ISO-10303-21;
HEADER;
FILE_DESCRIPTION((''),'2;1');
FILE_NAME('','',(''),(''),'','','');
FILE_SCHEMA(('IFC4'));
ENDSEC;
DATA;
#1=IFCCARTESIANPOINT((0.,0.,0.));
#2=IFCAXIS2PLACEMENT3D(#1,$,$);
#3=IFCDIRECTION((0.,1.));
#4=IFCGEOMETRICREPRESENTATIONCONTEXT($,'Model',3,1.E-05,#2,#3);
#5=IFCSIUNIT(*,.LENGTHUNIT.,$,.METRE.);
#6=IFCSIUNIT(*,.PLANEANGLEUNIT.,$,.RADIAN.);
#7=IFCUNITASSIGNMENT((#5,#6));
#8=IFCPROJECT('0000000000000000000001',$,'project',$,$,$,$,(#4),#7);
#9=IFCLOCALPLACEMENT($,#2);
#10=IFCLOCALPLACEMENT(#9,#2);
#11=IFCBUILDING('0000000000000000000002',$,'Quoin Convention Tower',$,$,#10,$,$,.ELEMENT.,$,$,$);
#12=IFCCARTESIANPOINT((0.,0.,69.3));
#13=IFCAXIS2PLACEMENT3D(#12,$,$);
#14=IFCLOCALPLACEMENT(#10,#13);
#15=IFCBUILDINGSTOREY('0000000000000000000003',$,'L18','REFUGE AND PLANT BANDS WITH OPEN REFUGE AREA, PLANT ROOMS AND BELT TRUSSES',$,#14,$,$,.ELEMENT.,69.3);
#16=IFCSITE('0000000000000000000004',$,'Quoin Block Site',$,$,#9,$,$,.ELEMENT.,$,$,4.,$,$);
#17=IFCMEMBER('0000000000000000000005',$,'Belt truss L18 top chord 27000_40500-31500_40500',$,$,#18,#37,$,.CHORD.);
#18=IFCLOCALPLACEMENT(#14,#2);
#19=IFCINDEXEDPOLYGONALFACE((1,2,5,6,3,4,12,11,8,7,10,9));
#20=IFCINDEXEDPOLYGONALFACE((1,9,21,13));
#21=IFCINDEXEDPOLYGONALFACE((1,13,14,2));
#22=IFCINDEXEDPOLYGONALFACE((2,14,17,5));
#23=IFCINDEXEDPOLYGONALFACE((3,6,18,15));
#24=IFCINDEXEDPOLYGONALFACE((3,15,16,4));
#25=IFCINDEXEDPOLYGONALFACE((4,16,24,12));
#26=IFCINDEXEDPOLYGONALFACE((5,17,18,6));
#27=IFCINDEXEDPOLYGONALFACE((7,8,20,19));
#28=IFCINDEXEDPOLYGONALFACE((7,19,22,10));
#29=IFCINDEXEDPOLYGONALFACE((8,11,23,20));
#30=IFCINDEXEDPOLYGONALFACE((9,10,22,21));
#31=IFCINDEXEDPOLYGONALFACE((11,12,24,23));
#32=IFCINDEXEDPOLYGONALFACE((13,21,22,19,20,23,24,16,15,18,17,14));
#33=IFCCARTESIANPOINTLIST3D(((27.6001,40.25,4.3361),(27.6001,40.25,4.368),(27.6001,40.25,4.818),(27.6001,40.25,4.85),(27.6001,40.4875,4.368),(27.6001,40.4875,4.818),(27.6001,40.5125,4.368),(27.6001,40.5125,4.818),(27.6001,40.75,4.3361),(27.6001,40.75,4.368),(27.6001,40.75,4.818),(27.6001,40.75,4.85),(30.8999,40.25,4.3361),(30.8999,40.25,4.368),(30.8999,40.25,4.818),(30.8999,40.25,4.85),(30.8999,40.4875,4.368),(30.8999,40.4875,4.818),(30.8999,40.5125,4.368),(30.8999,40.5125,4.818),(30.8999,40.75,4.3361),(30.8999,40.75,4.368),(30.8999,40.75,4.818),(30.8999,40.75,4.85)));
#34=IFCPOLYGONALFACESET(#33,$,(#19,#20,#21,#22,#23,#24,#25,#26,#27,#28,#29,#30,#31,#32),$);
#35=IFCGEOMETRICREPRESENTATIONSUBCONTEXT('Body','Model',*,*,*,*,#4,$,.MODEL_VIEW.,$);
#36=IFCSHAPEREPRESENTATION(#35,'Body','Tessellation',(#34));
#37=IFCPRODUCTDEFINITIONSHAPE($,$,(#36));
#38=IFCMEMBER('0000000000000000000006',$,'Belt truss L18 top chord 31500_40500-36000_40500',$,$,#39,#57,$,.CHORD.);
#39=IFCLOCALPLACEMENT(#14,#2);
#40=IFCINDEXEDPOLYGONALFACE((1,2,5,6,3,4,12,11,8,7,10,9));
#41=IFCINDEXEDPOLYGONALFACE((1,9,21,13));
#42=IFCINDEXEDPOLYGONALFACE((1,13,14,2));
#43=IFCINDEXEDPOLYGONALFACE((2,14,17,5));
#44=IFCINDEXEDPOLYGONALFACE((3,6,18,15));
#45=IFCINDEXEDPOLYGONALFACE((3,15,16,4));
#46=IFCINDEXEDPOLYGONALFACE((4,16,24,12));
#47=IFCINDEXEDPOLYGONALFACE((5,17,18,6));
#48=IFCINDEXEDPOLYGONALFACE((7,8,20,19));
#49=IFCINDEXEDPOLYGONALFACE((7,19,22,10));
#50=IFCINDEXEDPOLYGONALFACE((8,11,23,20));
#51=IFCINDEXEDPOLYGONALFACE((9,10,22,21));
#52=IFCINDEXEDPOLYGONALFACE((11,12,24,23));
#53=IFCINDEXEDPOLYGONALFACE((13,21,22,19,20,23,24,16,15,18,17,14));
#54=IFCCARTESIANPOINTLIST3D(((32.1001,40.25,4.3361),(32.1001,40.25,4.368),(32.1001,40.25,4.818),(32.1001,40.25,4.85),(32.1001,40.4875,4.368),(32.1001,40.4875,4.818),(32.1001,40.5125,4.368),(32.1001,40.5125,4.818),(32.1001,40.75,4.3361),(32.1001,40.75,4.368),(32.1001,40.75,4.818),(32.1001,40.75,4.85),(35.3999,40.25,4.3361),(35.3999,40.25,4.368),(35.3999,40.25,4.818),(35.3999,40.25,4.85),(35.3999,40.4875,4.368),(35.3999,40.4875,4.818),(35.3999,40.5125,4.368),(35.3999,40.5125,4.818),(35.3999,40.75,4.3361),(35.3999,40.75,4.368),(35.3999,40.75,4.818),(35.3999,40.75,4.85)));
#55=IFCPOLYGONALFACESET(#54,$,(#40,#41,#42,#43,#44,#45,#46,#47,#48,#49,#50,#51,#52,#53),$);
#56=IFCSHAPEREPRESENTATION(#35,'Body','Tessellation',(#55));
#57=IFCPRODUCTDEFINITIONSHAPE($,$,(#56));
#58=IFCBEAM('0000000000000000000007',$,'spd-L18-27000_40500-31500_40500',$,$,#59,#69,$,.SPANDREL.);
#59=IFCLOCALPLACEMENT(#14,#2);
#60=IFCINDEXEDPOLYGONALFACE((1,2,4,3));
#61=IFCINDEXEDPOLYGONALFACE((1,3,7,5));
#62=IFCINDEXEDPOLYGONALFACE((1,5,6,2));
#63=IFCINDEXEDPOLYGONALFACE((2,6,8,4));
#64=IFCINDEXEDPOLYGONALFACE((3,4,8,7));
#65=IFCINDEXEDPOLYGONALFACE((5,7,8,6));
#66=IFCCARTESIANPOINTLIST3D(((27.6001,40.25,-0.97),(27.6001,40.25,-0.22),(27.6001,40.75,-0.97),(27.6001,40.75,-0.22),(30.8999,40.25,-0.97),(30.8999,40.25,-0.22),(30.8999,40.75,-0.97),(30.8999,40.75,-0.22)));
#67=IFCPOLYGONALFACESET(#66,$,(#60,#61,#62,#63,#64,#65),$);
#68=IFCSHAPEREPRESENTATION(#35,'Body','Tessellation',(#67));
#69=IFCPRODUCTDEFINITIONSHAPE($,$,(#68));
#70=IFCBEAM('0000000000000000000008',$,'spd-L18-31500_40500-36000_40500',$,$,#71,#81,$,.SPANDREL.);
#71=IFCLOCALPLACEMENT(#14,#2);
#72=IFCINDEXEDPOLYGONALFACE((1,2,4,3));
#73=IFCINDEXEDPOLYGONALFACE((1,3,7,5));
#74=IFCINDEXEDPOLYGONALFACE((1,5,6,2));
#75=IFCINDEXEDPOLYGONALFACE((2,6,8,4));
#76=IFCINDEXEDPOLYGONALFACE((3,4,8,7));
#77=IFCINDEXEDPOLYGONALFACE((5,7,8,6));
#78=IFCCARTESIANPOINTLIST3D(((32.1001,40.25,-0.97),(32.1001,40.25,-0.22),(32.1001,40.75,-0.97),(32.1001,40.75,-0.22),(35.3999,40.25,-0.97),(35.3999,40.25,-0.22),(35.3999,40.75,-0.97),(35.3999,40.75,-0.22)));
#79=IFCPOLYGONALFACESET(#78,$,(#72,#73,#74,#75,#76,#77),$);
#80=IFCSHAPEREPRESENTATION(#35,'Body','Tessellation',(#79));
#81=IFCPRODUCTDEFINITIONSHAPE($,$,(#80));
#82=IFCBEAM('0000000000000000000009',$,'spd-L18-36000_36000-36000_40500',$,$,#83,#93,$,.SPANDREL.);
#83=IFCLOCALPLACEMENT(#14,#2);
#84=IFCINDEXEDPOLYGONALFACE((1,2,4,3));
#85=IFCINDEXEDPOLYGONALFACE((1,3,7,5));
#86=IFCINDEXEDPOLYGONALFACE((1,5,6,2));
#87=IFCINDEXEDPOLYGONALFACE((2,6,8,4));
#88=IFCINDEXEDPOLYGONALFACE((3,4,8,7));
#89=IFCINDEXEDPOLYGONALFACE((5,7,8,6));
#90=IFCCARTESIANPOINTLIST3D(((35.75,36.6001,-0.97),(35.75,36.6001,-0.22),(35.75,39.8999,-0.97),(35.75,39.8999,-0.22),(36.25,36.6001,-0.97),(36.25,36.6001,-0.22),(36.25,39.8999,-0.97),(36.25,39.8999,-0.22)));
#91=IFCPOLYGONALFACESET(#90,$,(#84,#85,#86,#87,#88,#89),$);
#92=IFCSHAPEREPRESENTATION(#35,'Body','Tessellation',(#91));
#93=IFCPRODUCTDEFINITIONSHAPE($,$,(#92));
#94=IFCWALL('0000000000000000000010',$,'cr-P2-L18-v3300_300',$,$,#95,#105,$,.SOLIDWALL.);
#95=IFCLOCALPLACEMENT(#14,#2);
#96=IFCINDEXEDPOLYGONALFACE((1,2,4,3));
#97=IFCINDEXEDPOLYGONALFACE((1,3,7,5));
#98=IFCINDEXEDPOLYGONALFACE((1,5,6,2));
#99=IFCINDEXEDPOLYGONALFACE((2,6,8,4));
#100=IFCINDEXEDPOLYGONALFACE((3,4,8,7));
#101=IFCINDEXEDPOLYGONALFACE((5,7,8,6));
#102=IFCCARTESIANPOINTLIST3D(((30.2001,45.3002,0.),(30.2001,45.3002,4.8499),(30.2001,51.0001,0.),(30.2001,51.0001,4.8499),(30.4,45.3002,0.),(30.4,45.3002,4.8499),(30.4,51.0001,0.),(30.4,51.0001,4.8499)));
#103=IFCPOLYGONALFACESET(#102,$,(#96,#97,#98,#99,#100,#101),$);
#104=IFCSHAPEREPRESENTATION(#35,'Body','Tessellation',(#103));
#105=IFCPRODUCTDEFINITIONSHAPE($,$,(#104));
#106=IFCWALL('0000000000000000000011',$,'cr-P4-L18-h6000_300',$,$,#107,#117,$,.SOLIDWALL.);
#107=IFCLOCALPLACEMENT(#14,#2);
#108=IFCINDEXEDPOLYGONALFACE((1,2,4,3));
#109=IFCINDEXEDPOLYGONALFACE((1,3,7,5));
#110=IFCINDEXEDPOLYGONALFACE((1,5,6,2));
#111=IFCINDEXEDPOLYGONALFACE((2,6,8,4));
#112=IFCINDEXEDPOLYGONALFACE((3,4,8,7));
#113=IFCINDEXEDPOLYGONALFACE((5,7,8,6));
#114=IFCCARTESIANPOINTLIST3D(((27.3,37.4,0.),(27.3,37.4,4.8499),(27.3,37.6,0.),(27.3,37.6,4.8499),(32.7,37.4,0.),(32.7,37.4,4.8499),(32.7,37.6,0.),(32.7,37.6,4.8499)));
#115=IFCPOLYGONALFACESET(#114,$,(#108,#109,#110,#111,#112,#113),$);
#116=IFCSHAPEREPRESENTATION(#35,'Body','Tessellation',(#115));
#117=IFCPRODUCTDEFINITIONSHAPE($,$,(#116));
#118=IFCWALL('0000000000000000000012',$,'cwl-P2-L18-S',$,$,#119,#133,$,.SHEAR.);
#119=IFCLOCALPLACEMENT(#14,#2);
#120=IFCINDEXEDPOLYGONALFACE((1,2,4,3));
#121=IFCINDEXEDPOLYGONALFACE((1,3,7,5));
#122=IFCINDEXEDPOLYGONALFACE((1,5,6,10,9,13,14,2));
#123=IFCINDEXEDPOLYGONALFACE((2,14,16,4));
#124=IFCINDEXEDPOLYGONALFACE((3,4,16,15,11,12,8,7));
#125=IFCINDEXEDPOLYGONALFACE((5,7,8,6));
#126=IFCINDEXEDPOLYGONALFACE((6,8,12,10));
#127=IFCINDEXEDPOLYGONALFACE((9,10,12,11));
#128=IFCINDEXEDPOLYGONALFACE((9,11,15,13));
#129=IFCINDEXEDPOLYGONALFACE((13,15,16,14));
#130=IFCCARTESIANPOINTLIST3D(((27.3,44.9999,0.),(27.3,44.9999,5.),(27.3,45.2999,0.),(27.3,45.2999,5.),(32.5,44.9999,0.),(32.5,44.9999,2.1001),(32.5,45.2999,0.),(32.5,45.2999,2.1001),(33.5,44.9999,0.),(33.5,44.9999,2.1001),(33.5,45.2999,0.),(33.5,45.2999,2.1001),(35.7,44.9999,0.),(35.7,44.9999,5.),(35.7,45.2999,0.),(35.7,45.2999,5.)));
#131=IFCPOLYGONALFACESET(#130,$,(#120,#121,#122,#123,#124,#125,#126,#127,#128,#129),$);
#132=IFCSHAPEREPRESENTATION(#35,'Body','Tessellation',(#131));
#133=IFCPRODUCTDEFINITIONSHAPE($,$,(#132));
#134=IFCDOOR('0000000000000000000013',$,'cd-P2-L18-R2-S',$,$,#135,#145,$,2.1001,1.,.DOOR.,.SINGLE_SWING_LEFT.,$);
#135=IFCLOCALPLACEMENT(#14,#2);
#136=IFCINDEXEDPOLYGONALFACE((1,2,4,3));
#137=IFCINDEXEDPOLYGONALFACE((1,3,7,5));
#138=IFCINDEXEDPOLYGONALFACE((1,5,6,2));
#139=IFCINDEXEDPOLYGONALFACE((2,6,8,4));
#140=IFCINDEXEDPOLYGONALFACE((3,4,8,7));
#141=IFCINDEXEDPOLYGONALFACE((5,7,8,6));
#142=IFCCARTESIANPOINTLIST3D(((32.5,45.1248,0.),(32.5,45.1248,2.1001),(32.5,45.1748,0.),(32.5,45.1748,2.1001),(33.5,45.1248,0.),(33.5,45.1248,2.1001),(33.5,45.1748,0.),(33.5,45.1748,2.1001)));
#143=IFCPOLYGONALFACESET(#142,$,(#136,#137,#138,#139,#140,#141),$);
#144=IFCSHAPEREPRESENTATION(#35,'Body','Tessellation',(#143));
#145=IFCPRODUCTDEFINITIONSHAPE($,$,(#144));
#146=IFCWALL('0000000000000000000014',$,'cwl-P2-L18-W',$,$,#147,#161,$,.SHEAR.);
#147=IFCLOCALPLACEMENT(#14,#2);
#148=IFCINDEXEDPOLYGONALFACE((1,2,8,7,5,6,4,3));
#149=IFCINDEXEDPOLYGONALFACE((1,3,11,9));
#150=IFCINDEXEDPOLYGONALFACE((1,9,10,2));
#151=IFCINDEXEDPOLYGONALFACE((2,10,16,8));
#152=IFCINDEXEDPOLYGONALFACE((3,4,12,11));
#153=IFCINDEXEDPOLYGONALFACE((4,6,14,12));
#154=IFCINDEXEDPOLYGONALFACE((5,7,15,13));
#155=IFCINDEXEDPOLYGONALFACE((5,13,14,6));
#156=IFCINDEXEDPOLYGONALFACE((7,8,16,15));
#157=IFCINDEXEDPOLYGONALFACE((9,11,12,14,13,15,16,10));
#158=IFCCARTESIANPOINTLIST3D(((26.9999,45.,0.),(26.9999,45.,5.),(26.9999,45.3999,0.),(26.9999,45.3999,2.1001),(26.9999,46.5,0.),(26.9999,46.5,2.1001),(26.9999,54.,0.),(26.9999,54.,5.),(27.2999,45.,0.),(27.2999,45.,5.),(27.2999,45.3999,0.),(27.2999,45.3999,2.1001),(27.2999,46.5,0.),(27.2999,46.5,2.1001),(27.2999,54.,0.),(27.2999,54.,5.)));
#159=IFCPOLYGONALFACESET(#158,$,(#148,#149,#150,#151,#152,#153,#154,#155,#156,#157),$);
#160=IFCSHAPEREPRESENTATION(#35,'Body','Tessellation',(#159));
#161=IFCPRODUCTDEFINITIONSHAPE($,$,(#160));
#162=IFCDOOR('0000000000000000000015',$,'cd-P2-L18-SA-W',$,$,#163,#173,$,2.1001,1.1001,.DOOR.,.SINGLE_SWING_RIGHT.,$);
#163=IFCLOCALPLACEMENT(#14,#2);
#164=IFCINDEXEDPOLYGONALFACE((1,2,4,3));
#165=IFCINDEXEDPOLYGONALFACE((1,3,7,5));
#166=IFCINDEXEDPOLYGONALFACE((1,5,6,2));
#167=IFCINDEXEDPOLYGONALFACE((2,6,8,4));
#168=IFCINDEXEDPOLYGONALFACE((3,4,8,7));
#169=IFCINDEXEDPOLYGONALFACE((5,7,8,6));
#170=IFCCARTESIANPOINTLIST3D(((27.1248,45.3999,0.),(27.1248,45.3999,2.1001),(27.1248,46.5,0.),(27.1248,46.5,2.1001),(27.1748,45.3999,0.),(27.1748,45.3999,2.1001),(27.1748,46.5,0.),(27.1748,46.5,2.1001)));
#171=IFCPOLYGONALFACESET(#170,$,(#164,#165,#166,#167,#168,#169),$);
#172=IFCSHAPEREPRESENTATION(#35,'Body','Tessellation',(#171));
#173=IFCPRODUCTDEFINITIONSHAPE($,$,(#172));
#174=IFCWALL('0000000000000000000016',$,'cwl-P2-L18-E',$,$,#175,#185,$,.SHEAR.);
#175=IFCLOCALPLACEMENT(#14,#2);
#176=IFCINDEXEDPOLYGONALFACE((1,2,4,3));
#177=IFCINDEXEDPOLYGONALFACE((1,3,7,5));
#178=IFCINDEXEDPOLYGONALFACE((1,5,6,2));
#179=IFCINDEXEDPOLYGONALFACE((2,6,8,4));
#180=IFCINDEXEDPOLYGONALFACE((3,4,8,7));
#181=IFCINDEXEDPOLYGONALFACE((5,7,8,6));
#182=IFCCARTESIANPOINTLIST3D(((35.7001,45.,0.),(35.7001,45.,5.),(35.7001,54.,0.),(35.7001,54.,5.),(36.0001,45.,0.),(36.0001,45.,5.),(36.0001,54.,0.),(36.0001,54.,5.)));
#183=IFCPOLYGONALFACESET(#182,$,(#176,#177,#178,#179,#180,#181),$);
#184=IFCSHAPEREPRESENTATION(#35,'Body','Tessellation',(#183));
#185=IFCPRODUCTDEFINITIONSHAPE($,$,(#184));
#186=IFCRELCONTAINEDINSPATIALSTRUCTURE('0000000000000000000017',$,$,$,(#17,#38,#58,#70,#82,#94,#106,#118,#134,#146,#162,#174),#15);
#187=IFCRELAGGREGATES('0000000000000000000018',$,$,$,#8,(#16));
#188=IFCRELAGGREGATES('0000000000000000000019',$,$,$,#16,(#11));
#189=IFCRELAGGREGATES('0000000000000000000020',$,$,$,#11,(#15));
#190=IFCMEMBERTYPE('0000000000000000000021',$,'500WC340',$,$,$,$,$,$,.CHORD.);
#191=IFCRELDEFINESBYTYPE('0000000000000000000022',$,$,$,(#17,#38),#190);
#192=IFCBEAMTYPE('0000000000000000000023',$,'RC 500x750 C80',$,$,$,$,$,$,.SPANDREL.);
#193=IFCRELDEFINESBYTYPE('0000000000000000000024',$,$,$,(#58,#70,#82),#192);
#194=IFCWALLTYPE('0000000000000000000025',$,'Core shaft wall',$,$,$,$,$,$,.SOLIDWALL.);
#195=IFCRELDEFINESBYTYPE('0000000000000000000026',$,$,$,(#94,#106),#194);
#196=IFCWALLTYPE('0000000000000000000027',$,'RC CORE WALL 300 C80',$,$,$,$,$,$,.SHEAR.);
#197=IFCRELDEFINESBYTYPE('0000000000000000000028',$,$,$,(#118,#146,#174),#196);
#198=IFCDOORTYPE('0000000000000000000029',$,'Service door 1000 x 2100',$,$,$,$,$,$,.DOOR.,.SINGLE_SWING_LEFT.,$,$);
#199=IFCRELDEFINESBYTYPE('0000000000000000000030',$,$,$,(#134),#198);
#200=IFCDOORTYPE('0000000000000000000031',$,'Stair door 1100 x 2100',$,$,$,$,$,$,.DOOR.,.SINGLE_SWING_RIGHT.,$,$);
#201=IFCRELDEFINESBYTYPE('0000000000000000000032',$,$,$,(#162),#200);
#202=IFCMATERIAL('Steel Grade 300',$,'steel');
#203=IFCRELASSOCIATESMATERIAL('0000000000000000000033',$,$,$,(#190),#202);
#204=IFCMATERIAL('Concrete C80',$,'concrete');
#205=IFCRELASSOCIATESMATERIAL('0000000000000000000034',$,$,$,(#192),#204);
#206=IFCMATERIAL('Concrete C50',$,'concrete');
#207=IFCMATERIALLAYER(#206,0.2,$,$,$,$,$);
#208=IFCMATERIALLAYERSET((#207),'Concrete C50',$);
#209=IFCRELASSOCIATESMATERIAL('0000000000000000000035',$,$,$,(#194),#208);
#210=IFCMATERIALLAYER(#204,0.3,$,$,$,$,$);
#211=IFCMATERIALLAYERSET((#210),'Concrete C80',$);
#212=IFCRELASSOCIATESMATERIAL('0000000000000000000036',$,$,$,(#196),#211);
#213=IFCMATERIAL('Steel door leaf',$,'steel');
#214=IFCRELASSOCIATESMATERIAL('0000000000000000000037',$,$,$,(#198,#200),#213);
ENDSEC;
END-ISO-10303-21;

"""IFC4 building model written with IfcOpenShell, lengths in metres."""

from ifc_helpers import new_model, si_unit, direction, frame, frame_2d, origin, origin_2d, place, context, subcontext, project, spatial, rectangle, i_section, extrude, material, layer, layer_set, material_profile, profile_set, type_object, element, fill, save


model = new_model("IFC4")

# Units and contexts
model_context = context("Model", 3, precision=1e-05, world=origin(), true_north=direction((0.0, 1.0)))
body_context = subcontext(model_context, "Body", "Model", "MODEL_VIEW")
ifc_project = project(units=[si_unit("LENGTHUNIT", "METRE"), si_unit("PLANEANGLEUNIT", "RADIAN")], contexts=[model_context])

# Site, building, storey
site_placement = place(None, origin())
site = spatial("IfcSite", under=ifc_project, at=site_placement, Name="Quoin Block Site", CompositionType="ELEMENT", RefElevation=4.0)
building_placement = place(site_placement, origin())
building = spatial("IfcBuilding", under=site, at=building_placement, Name="Quoin Convention Tower", CompositionType="ELEMENT")
storey_placement = place(building_placement, frame((0.0, 0.0, 69.3)))
storey = spatial("IfcBuildingStorey", under=building, at=storey_placement, Name="L18", Description="REFUGE AND PLANT BANDS WITH OPEN REFUGE AREA, PLANT ROOMS AND BELT TRUSSES", CompositionType="ELEMENT", Elevation=69.3)

# Shared definitions
ifc_material_1 = material(Name="Concrete C80", Category="concrete")

# Members
ifc_material_2 = material(Name="Steel Grade 300", Category="steel")
ifc_material_profile_1 = material_profile(ifc_material_2, i_section(OverallWidth=0.5, OverallDepth=0.5139, WebThickness=0.0249, FlangeThickness=0.032, at=origin_2d()), Name="500WC340")
ifc_profile_set_1 = profile_set([ifc_material_profile_1], Name="Steel Grade 300")
member_type_1 = type_object("IfcMemberType", Name="500WC340", PredefinedType="CHORD", material=ifc_profile_set_1)
for number, where, z_axis, x_axis, name in (
    (1, (27.6001, 40.5, 4.593), (1.0, 0.0, 0.0), (0.0, 1.0, 0.0), "Belt truss L18 top chord 27000_40500-31500_40500"),
    (2, (32.1001, 40.5, 4.593), (1.0, 0.0, 0.0), (0.0, 1.0, 0.0), "Belt truss L18 top chord 31500_40500-36000_40500"),
):
    element("IfcMember", number, at=place(storey_placement, frame(where, z_axis=z_axis, x_axis=x_axis)), inside=storey, type_object=member_type_1, Name=name, PredefinedType="CHORD", context=body_context, shape_type="SweptSolid", body=[
        extrude(i_section(OverallWidth=0.5, OverallDepth=0.5139, WebThickness=0.0249, FlangeThickness=0.032, at=origin_2d()), origin(), (0.0, 0.0, 1.0), 3.2998),
    ])

# Beams
ifc_material_profile_2 = material_profile(ifc_material_1, rectangle(XDim=0.5, YDim=0.75, at=origin_2d()), Name="RC 500x750")
ifc_profile_set_2 = profile_set([ifc_material_profile_2], Name="Concrete C80")
beam_type = type_object("IfcBeamType", Name="RC 500x750 C80", PredefinedType="SPANDREL", material=ifc_profile_set_2)
for number, where, z_axis, x_axis, name in (
    (3, (27.6001, 40.5, -0.595), (1.0, 0.0, 0.0), (0.0, 1.0, 0.0), "spd-L18-27000_40500-31500_40500"),
    (4, (32.1001, 40.5, -0.595), (1.0, 0.0, 0.0), (0.0, 1.0, 0.0), "spd-L18-31500_40500-36000_40500"),
    (5, (36.0, 36.6001, -0.595), (0.0, 1.0, 0.0), (-1.0, 0.0, 0.0), "spd-L18-36000_36000-36000_40500"),
):
    element("IfcBeam", number, at=place(storey_placement, frame(where, z_axis=z_axis, x_axis=x_axis)), inside=storey, type_object=beam_type, Name=name, PredefinedType="SPANDREL", context=body_context, shape_type="SweptSolid", body=[
        extrude(rectangle(XDim=0.5, YDim=0.75, at=origin_2d()), origin(), (0.0, 0.0, 1.0), 3.2998),
    ])

# Walls
ifc_material_3 = material(Name="Concrete C50", Category="concrete")
ifc_layer_1 = layer(ifc_material_3, 0.2)
ifc_layer_set_1 = layer_set([ifc_layer_1], Name="Concrete C50")
wall_type_1 = type_object("IfcWallType", Name="Core shaft wall", PredefinedType="SOLIDWALL", material=ifc_layer_set_1)
wall_1_placement = place(storey_placement, frame((30.3, 45.3, 0.0), z_axis=(0.0, 0.0, 1.0), x_axis=(0.0, 1.0, 0.0)))
element("IfcWall", 6, at=wall_1_placement, inside=storey, type_object=wall_type_1, Name="cr-P2-L18-v3300_300", PredefinedType="SOLIDWALL", context=body_context, shape_type="SweptSolid", body=[
    extrude(rectangle(XDim=5.7, YDim=0.2, at=frame_2d((2.8501, 0.0))), origin(), (0.0, 0.0, 1.0), 4.8499),
])
wall_2_placement = place(storey_placement, frame((27.3, 37.5, 0.0), z_axis=(0.0, 0.0, 1.0), x_axis=(1.0, 0.0, 0.0)))
element("IfcWall", 7, at=wall_2_placement, inside=storey, type_object=wall_type_1, Name="cr-P4-L18-h6000_300", PredefinedType="SOLIDWALL", context=body_context, shape_type="SweptSolid", body=[
    extrude(rectangle(XDim=5.3999, YDim=0.2, at=frame_2d((2.7, 0.0))), origin(), (0.0, 0.0, 1.0), 4.8499),
])

# Walls, openings, doors
ifc_layer_2 = layer(ifc_material_1, 0.3)
ifc_layer_set_2 = layer_set([ifc_layer_2], Name="Concrete C80")
wall_type_2 = type_object("IfcWallType", Name="RC CORE WALL 300 C80", PredefinedType="SHEAR", material=ifc_layer_set_2)
wall_3_placement = place(storey_placement, frame((27.3, 45.1499, 0.0), z_axis=(0.0, 0.0, 1.0), x_axis=(1.0, 0.0, 0.0)))
wall_3 = element("IfcWall", 8, at=wall_3_placement, inside=storey, type_object=wall_type_2, Name="cwl-P2-L18-S", PredefinedType="SHEAR", context=body_context, shape_type="SweptSolid", body=[
    extrude(rectangle(XDim=8.3999, YDim=0.3, at=frame_2d((4.2, 0.0))), origin(), (0.0, 0.0, 1.0), 5.0),
])
opening_1_placement = place(wall_3_placement, frame((5.2, 0.0, 0.0)))
opening_1 = element("IfcOpeningElement", 9, at=opening_1_placement, cuts=wall_3, PredefinedType="OPENING", context=body_context, shape_type="SweptSolid", body=[
    extrude(rectangle(XDim=1.0, YDim=2.1001, at=frame_2d((0.5, 1.05))), frame((0.0, 0.1599, 0.0), z_axis=(0.0, -1.0, 0.0), x_axis=(1.0, 0.0, 0.0)), (0.0, 0.0, 1.0), 0.3201),
])
ifc_material_4 = material(Name="Steel door leaf", Category="steel")
door_type_1 = type_object("IfcDoorType", Name="Service door 1000 x 2100", OperationType="SINGLE_SWING_LEFT", PredefinedType="DOOR", material=ifc_material_4)
door_1_placement = place(opening_1_placement, origin())
door_1 = element("IfcDoor", 10, at=door_1_placement, inside=storey, type_object=door_type_1, Name="cd-P2-L18-R2-S", OperationType="SINGLE_SWING_LEFT", OverallHeight=2.1001, OverallWidth=1.0, PredefinedType="DOOR", context=body_context, shape_type="SweptSolid", body=[
    extrude(rectangle(XDim=1.0, YDim=2.1001, at=frame_2d((0.5, 1.05))), frame((0.0, 0.0249, 0.0), z_axis=(0.0, -1.0, 0.0), x_axis=(1.0, 0.0, 0.0)), (0.0, 0.0, 1.0), 0.05),
])
fill(opening_1, door_1)
wall_4_placement = place(storey_placement, frame((27.1499, 45.0, 0.0), z_axis=(0.0, 0.0, 1.0), x_axis=(0.0, 1.0, 0.0)))
wall_4 = element("IfcWall", 11, at=wall_4_placement, inside=storey, type_object=wall_type_2, Name="cwl-P2-L18-W", PredefinedType="SHEAR", context=body_context, shape_type="SweptSolid", body=[
    extrude(rectangle(XDim=9.0, YDim=0.3, at=frame_2d((4.5, 0.0))), origin(), (0.0, 0.0, 1.0), 5.0),
])
opening_2_placement = place(wall_4_placement, frame((0.3999, 0.0, 0.0)))
opening_2 = element("IfcOpeningElement", 12, at=opening_2_placement, cuts=wall_4, PredefinedType="OPENING", context=body_context, shape_type="SweptSolid", body=[
    extrude(rectangle(XDim=1.1001, YDim=2.1001, at=frame_2d((0.55, 1.05))), frame((0.0, 0.1599, 0.0), z_axis=(0.0, -1.0, 0.0), x_axis=(1.0, 0.0, 0.0)), (0.0, 0.0, 1.0), 0.3201),
])
door_type_2 = type_object("IfcDoorType", Name="Stair door 1100 x 2100", OperationType="SINGLE_SWING_RIGHT", PredefinedType="DOOR", material=ifc_material_4)
door_2_placement = place(opening_2_placement, frame((1.1001, 0.0, 0.0), z_axis=(0.0, 0.0, 1.0), x_axis=(-1.0, 0.0, 0.0)))
door_2 = element("IfcDoor", 13, at=door_2_placement, inside=storey, type_object=door_type_2, Name="cd-P2-L18-SA-W", OperationType="SINGLE_SWING_RIGHT", OverallHeight=2.1001, OverallWidth=1.1001, PredefinedType="DOOR", context=body_context, shape_type="SweptSolid", body=[
    extrude(rectangle(XDim=1.1001, YDim=2.1001, at=frame_2d((0.55, 1.05))), frame((0.0, 0.0249, 0.0), z_axis=(0.0, -1.0, 0.0), x_axis=(1.0, 0.0, 0.0)), (0.0, 0.0, 1.0), 0.05),
])
fill(opening_2, door_2)

# Wall
wall_5_placement = place(storey_placement, frame((35.8501, 45.0, 0.0), z_axis=(0.0, 0.0, 1.0), x_axis=(0.0, 1.0, 0.0)))
element("IfcWall", 14, at=wall_5_placement, inside=storey, type_object=wall_type_2, Name="cwl-P2-L18-E", PredefinedType="SHEAR", context=body_context, shape_type="SweptSolid", body=[
    extrude(rectangle(XDim=9.0, YDim=0.3, at=frame_2d((4.5, 0.0))), origin(), (0.0, 0.0, 1.0), 5.0),
])

save(model, "model.ifc")
